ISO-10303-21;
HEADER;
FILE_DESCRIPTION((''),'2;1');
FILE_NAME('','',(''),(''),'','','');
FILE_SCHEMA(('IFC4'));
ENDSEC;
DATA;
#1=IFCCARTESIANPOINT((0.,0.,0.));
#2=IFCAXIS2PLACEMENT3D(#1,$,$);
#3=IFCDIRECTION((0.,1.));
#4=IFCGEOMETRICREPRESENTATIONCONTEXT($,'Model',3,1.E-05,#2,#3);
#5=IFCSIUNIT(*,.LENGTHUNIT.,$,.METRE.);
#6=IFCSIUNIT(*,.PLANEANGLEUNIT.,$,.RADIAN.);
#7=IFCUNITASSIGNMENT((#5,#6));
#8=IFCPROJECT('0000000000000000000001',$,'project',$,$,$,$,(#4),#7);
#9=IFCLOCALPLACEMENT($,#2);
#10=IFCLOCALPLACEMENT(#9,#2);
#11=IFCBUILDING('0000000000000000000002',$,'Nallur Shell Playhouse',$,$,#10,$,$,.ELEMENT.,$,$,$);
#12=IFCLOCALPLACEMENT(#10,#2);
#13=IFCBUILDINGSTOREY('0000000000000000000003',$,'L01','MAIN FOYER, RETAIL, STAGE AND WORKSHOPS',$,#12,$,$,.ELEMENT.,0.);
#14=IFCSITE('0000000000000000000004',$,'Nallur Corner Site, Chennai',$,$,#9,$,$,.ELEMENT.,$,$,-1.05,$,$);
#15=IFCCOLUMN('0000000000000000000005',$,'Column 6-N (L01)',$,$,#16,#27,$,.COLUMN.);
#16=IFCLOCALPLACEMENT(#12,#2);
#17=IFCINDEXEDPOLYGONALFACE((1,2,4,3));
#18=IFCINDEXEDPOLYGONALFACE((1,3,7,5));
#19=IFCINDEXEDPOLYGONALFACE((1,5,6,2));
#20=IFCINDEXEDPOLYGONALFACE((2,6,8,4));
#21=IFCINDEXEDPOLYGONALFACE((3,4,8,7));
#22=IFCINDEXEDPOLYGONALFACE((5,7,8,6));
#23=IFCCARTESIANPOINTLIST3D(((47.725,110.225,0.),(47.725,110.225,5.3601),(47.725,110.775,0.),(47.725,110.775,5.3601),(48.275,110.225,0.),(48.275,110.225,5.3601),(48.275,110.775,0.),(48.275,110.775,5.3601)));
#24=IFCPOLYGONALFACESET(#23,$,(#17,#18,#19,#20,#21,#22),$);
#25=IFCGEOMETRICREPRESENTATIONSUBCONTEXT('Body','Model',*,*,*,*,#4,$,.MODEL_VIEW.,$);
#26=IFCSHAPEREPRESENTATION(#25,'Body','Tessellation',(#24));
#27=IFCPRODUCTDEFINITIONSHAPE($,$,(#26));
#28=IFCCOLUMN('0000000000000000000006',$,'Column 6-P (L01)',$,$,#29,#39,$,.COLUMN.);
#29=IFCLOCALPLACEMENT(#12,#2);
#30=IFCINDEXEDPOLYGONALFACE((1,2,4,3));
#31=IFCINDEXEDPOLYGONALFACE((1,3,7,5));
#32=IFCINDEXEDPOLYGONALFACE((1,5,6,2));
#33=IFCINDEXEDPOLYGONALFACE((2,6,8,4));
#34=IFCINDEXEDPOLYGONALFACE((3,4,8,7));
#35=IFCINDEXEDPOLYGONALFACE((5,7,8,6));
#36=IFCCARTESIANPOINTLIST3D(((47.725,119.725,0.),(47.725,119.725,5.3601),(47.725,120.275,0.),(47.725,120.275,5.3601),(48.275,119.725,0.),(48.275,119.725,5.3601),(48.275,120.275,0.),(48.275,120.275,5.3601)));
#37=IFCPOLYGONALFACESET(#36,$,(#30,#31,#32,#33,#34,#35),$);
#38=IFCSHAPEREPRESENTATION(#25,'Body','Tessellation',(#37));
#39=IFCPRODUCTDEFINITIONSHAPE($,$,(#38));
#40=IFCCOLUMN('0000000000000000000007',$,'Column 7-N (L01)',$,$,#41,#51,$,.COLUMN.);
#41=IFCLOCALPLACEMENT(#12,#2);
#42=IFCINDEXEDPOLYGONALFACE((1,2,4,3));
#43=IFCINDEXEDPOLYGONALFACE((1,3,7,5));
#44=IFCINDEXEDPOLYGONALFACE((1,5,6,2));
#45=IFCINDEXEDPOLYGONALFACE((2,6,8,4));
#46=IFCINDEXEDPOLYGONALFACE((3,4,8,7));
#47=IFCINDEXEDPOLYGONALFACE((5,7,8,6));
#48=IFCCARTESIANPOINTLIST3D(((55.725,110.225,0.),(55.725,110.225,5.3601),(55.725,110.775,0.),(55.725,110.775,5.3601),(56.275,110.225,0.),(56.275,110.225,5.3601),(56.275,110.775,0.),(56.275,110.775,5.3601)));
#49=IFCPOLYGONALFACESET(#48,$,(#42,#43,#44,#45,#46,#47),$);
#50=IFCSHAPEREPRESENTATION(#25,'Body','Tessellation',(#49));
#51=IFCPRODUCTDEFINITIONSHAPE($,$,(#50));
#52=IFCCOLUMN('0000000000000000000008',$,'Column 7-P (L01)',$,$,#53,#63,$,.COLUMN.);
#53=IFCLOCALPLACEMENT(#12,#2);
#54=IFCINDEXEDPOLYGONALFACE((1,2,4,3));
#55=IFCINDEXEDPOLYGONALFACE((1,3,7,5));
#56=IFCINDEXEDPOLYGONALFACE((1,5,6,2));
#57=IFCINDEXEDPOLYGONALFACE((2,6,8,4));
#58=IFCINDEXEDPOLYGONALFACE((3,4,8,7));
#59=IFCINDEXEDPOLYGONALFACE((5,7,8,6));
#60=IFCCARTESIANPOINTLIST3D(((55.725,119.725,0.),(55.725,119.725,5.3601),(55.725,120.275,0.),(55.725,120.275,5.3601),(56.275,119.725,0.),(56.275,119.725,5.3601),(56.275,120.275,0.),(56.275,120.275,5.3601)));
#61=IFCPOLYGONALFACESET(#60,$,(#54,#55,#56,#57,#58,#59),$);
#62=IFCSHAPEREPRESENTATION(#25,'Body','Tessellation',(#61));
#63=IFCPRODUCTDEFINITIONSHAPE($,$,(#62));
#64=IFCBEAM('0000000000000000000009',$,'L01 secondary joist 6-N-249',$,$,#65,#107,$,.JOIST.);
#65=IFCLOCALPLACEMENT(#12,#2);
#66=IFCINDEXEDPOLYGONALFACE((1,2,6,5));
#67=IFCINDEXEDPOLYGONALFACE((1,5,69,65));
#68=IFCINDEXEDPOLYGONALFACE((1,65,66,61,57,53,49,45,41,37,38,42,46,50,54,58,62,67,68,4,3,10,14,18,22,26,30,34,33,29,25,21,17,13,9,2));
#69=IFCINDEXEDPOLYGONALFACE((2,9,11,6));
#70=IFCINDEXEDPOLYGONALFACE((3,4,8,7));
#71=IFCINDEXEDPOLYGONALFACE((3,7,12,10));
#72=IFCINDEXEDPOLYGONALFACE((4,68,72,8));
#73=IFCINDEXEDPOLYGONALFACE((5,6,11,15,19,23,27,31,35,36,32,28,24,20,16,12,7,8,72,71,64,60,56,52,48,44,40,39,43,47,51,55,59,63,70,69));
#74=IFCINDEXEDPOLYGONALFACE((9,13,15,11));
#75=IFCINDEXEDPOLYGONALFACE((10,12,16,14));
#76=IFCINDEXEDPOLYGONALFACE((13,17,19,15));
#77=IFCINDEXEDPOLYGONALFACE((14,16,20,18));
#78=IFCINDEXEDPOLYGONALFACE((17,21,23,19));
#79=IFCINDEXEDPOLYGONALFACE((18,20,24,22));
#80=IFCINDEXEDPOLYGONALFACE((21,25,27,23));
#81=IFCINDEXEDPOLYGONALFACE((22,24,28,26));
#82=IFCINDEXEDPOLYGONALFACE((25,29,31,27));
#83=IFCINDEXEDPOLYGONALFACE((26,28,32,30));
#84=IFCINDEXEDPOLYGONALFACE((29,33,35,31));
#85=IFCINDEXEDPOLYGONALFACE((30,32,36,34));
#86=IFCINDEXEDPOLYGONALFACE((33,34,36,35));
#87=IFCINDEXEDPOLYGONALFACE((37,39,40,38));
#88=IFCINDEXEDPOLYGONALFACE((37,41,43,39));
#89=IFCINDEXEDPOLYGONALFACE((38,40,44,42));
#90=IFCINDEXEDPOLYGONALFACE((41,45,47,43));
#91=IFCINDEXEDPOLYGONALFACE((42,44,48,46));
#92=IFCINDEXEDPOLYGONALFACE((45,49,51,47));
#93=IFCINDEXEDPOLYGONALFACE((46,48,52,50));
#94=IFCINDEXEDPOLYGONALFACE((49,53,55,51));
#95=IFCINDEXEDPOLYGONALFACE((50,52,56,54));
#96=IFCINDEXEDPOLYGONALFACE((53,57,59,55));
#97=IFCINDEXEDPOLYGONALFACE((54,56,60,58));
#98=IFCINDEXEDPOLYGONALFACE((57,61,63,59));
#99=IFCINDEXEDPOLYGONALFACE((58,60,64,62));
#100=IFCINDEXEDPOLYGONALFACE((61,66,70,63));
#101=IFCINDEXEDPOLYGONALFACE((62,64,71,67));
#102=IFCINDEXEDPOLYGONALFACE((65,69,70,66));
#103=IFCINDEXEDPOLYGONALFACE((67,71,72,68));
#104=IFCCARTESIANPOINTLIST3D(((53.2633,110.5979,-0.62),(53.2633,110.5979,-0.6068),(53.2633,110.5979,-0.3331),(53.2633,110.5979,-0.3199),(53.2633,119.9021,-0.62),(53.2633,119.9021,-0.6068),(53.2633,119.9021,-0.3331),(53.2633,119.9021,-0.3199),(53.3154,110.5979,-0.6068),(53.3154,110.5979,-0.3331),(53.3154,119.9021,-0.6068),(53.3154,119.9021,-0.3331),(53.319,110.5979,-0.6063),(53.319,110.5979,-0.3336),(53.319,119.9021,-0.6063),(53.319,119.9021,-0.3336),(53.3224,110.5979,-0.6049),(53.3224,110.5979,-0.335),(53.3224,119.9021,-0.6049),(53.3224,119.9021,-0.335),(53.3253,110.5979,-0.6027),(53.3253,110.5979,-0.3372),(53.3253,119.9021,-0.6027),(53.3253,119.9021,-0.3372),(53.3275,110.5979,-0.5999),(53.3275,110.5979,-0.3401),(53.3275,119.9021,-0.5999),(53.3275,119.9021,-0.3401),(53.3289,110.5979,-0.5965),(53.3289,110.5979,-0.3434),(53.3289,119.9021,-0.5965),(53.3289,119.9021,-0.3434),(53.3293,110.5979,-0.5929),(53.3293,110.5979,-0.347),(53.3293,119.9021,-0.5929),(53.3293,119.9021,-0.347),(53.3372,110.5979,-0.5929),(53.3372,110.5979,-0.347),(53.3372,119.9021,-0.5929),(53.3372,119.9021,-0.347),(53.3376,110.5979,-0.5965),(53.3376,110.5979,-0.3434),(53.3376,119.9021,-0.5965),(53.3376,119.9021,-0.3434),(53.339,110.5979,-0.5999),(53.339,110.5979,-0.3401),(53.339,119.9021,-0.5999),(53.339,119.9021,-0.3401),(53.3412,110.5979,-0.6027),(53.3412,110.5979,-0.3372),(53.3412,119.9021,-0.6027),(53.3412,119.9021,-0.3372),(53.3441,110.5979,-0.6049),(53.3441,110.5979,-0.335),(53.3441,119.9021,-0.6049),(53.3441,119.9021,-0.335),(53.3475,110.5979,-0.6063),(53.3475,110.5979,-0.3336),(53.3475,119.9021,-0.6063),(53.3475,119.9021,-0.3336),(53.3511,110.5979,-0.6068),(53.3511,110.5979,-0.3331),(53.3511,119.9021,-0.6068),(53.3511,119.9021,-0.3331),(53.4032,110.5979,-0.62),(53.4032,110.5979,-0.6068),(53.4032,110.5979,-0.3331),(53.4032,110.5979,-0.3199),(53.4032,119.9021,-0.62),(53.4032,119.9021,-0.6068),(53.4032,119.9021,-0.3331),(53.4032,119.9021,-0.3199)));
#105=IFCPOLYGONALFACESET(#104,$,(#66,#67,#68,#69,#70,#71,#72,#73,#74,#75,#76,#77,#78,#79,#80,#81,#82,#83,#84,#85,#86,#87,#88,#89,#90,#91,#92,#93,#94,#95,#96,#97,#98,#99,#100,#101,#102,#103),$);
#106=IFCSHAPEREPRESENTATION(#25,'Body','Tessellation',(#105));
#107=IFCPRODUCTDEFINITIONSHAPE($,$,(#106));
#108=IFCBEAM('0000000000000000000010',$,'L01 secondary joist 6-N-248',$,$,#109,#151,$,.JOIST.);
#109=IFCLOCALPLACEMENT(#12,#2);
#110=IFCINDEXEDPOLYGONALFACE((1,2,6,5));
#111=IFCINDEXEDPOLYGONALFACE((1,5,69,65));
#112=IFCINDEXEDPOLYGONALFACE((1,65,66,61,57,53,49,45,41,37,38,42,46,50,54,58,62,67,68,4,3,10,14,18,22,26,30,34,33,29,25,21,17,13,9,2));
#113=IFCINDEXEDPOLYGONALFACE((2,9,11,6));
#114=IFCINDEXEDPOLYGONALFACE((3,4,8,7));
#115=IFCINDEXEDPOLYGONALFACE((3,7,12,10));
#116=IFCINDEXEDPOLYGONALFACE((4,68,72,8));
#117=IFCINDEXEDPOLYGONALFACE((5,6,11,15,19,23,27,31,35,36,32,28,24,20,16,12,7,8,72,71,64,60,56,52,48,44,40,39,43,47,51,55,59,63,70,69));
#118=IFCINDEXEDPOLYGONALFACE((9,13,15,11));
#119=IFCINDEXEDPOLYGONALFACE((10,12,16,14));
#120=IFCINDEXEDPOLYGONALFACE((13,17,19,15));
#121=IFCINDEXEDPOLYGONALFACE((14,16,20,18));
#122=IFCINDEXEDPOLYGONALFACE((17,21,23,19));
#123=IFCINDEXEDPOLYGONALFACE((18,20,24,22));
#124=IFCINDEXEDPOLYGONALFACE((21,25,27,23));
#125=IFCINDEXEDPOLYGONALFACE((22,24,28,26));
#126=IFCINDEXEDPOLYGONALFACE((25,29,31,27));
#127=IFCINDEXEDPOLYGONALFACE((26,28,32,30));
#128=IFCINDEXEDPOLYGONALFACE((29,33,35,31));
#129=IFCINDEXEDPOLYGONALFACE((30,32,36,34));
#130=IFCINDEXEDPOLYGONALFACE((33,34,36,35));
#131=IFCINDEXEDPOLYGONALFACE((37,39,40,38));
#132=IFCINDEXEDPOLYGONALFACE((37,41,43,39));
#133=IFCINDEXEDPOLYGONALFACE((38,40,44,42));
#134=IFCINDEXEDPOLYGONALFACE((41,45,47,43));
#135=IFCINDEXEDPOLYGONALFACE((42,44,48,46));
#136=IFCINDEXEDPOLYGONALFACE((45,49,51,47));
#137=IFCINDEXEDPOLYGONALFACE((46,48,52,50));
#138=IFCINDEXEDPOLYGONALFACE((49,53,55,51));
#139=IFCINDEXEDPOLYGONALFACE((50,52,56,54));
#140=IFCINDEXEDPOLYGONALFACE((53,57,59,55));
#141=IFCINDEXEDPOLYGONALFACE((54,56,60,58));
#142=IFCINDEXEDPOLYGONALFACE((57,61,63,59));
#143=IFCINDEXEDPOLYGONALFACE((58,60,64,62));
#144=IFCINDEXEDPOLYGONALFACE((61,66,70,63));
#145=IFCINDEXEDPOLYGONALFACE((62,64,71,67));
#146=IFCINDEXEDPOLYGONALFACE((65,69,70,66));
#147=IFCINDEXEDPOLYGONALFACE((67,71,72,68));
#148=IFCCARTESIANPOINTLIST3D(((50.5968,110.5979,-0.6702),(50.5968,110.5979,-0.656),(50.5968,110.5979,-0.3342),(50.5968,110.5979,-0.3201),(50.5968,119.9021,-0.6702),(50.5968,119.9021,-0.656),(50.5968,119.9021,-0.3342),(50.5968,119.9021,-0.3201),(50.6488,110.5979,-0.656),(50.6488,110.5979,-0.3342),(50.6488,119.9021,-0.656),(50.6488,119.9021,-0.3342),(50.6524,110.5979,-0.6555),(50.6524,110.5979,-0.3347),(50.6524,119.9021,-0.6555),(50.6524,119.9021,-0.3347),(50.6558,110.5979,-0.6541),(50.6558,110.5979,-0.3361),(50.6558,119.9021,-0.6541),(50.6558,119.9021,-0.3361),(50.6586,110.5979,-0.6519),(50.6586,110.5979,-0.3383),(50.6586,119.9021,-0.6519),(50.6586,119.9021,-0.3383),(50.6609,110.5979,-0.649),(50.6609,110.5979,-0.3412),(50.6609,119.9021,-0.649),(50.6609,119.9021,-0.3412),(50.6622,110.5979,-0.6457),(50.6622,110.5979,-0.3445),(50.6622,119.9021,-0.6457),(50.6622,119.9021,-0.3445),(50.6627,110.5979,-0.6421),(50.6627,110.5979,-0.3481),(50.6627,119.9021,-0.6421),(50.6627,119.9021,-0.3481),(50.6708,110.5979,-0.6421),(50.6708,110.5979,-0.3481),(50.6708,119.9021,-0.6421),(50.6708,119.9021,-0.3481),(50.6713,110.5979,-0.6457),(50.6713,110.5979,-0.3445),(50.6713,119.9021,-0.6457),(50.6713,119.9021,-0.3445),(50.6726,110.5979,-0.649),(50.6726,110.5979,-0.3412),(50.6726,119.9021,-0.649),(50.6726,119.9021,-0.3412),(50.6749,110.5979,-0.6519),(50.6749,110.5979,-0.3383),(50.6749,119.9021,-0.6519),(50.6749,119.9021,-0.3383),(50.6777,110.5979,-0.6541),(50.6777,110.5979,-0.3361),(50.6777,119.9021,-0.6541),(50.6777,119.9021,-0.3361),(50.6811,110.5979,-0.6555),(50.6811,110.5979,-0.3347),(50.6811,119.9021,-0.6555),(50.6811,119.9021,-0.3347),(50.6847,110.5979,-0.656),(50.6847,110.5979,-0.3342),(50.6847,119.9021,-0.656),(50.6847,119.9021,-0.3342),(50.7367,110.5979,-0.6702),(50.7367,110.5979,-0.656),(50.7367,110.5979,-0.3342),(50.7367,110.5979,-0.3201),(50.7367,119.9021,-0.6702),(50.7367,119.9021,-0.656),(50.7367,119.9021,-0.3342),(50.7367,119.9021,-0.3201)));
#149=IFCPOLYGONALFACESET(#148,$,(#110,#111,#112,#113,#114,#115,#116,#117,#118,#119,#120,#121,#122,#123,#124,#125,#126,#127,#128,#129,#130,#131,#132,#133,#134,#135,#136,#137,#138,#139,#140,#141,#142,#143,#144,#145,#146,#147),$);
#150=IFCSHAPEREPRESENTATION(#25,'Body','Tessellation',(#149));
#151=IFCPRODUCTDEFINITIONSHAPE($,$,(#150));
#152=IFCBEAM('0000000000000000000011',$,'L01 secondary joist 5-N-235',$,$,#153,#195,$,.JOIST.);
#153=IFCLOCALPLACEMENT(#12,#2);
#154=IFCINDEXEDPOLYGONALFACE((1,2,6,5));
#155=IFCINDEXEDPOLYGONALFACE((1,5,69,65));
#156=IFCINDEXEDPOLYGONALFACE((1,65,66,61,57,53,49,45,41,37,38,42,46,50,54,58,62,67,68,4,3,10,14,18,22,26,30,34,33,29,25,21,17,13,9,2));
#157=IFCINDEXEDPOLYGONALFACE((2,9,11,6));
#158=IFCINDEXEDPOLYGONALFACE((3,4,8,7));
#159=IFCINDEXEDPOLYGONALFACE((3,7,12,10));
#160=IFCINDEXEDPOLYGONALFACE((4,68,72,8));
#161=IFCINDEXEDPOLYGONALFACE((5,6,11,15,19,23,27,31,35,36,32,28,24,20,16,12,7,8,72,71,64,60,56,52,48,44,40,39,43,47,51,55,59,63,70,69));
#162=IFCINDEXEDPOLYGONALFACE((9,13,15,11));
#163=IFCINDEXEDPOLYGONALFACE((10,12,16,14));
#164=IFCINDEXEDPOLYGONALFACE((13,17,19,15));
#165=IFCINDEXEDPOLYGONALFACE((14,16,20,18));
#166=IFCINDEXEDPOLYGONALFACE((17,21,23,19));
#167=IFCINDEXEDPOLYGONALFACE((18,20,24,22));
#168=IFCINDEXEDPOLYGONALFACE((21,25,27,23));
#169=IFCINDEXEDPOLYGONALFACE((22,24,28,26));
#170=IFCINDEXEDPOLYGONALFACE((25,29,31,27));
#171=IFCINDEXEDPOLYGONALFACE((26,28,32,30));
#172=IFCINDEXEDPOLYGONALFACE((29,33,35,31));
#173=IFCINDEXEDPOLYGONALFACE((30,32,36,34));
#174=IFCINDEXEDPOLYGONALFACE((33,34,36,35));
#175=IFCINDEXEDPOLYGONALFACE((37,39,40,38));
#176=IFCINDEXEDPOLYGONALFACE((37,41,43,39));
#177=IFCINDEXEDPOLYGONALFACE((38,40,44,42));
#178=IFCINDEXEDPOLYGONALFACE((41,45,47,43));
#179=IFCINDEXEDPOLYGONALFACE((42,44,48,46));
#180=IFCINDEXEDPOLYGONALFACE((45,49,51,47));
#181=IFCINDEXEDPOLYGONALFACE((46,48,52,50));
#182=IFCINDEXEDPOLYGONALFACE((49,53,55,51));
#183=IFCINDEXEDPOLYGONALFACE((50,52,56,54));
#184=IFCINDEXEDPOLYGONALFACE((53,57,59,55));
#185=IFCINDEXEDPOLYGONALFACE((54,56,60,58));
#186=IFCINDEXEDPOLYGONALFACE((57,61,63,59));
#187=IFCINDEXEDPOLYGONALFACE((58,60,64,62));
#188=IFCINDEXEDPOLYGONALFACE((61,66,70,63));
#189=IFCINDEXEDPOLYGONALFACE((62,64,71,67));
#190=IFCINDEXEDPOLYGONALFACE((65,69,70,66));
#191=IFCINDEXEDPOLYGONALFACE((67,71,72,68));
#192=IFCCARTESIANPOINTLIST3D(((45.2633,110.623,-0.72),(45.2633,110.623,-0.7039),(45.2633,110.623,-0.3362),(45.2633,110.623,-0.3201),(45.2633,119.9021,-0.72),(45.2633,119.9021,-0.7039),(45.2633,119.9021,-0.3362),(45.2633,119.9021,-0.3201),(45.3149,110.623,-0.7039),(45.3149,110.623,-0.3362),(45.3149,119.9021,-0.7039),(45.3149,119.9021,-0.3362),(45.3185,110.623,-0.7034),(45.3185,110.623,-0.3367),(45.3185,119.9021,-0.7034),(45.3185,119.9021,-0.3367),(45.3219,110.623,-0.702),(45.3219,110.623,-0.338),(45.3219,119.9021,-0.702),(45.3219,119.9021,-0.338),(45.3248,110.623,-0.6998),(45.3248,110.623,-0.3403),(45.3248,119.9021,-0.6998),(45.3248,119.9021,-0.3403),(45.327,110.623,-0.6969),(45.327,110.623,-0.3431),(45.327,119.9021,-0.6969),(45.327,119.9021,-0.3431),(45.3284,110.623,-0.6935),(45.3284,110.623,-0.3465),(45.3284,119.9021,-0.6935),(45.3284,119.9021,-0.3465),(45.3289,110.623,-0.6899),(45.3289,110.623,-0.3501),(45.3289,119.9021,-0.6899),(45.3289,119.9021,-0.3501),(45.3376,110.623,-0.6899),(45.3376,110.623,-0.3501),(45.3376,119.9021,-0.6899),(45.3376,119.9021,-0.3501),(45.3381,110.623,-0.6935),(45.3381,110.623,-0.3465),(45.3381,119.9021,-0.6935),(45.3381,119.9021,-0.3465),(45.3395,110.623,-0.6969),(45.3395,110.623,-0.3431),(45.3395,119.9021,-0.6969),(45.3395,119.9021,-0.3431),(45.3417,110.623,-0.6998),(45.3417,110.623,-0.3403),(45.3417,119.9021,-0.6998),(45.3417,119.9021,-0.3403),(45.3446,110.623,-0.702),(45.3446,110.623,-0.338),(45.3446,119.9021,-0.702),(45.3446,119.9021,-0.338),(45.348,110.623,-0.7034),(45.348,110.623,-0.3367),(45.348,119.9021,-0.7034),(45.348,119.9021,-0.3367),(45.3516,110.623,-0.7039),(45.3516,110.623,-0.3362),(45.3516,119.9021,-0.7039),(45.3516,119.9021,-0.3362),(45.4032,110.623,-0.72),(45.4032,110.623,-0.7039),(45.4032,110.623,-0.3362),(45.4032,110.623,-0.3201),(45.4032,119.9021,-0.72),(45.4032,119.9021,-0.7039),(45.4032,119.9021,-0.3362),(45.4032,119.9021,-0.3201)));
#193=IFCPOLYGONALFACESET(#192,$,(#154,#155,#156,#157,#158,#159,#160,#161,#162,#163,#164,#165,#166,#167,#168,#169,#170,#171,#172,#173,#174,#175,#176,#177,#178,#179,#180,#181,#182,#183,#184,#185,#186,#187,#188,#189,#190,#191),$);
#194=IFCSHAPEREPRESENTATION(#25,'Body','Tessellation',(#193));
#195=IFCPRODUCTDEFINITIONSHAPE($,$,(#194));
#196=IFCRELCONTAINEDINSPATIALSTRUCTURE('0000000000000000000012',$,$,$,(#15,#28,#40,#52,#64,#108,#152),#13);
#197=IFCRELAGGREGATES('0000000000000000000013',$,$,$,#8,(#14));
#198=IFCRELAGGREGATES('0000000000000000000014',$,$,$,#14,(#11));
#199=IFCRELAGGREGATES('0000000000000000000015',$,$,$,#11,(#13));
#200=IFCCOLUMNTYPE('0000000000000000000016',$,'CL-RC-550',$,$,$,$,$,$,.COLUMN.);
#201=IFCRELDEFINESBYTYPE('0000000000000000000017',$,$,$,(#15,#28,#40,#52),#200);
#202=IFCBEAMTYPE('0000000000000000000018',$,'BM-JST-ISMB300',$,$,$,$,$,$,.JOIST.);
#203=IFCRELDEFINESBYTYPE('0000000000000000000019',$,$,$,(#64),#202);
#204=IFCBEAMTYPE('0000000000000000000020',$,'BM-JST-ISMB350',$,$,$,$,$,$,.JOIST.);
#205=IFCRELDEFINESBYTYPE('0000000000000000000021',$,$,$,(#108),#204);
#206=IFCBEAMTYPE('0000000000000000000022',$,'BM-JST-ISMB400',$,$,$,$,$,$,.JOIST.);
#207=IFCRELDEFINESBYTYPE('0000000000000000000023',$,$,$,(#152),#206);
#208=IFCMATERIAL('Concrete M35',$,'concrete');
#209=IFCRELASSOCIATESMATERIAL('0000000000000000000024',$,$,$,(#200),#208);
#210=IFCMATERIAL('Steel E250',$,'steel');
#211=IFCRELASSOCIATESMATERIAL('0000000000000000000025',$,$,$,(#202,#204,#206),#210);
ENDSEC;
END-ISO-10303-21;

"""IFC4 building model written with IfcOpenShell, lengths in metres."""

from ifc_helpers import new_model, si_unit, direction, frame, origin, origin_2d, place, context, subcontext, project, spatial, rectangle, i_section, extrude, material, material_profile, profile_set, type_object, element, save


model = new_model("IFC4")

# Units and contexts
model_context = context("Model", 3, precision=1e-05, world=origin(), true_north=direction((0.0, 1.0)))
body_context = subcontext(model_context, "Body", "Model", "MODEL_VIEW")
ifc_project = project(units=[si_unit("LENGTHUNIT", "METRE"), si_unit("PLANEANGLEUNIT", "RADIAN")], contexts=[model_context])

# Site, building, storey
site_placement = place(None, origin())
site = spatial("IfcSite", under=ifc_project, at=site_placement, Name="Nallur Corner Site, Chennai", CompositionType="ELEMENT", RefElevation=-1.05)
building_placement = place(site_placement, origin())
building = spatial("IfcBuilding", under=site, at=building_placement, Name="Nallur Shell Playhouse", CompositionType="ELEMENT")
storey_placement = place(building_placement, origin())
storey = spatial("IfcBuildingStorey", under=building, at=storey_placement, Name="L01", Description="MAIN FOYER, RETAIL, STAGE AND WORKSHOPS", CompositionType="ELEMENT", Elevation=0.0)

# Columns
ifc_material_1 = material(Name="Concrete M35", Category="concrete")
ifc_material_profile_1 = material_profile(ifc_material_1, rectangle(XDim=0.55, YDim=0.55, at=origin_2d()), Name="RC 550x550")
ifc_profile_set_1 = profile_set([ifc_material_profile_1], Name="Concrete M35")
column_type = type_object("IfcColumnType", Name="CL-RC-550", PredefinedType="COLUMN", material=ifc_profile_set_1)
for number, where, z_axis, x_axis, name in (
    (1, (48.0, 110.5, 0.0), (0.0, 0.0, 1.0), (1.0, 0.0, 0.0), "Column 6-N (L01)"),
    (2, (48.0, 120.0, 0.0), (0.0, 0.0, 1.0), (1.0, 0.0, 0.0), "Column 6-P (L01)"),
    (3, (56.0, 110.5, 0.0), (0.0, 0.0, 1.0), (1.0, 0.0, 0.0), "Column 7-N (L01)"),
    (4, (56.0, 120.0, 0.0), (0.0, 0.0, 1.0), (1.0, 0.0, 0.0), "Column 7-P (L01)"),
):
    element("IfcColumn", number, at=place(storey_placement, frame(where, z_axis=z_axis, x_axis=x_axis)), inside=storey, type_object=column_type, Name=name, PredefinedType="COLUMN", context=body_context, shape_type="SweptSolid", body=[
        extrude(rectangle(XDim=0.55, YDim=0.55, at=origin_2d()), origin(), (0.0, 0.0, 1.0), 5.3601),
    ])

# Beams
ifc_material_2 = material(Name="Steel E250", Category="steel")
ifc_material_profile_2 = material_profile(ifc_material_2, i_section(OverallWidth=0.1399, OverallDepth=0.3, WebThickness=0.0078, FlangeThickness=0.0132, FilletRadius=0.0139, at=origin_2d()), Name="ISMB 300")
ifc_profile_set_2 = profile_set([ifc_material_profile_2], Name="Steel E250")
beam_type_1 = type_object("IfcBeamType", Name="BM-JST-ISMB300", PredefinedType="JOIST", material=ifc_profile_set_2)
beam_1_placement = place(storey_placement, frame((53.3333, 110.5979, -0.47), z_axis=(0.0, 1.0, 0.0), x_axis=(-1.0, 0.0, 0.0)))
element("IfcBeam", 5, at=beam_1_placement, inside=storey, type_object=beam_type_1, Name="L01 secondary joist 6-N-249", PredefinedType="JOIST", context=body_context, shape_type="SweptSolid", body=[
    extrude(i_section(OverallWidth=0.1399, OverallDepth=0.3, WebThickness=0.0078, FlangeThickness=0.0132, FilletRadius=0.0139, at=origin_2d()), origin(), (0.0, 0.0, 1.0), 9.3042),
])
ifc_material_profile_3 = material_profile(ifc_material_2, i_section(OverallWidth=0.1399, OverallDepth=0.3501, WebThickness=0.0081, FlangeThickness=0.0142, FilletRadius=0.0139, at=origin_2d()), Name="ISMB 350")
ifc_profile_set_3 = profile_set([ifc_material_profile_3], Name="Steel E250")
beam_type_2 = type_object("IfcBeamType", Name="BM-JST-ISMB350", PredefinedType="JOIST", material=ifc_profile_set_3)
beam_2_placement = place(storey_placement, frame((50.6667, 110.5979, -0.4951), z_axis=(0.0, 1.0, 0.0), x_axis=(-1.0, 0.0, 0.0)))
element("IfcBeam", 6, at=beam_2_placement, inside=storey, type_object=beam_type_2, Name="L01 secondary joist 6-N-248", PredefinedType="JOIST", context=body_context, shape_type="SweptSolid", body=[
    extrude(i_section(OverallWidth=0.1399, OverallDepth=0.3501, WebThickness=0.0081, FlangeThickness=0.0142, FilletRadius=0.0139, at=origin_2d()), origin(), (0.0, 0.0, 1.0), 9.3042),
])
ifc_material_profile_4 = material_profile(ifc_material_2, i_section(OverallWidth=0.1399, OverallDepth=0.3999, WebThickness=0.0088, FlangeThickness=0.0161, FilletRadius=0.0139, at=origin_2d()), Name="ISMB 400")
ifc_profile_set_4 = profile_set([ifc_material_profile_4], Name="Steel E250")
beam_type_3 = type_object("IfcBeamType", Name="BM-JST-ISMB400", PredefinedType="JOIST", material=ifc_profile_set_4)
for number, where, z_axis, x_axis, name in (
    (7, (45.3333, 110.623, -0.52), (0.0, 1.0, 0.0), (-1.0, 0.0, 0.0), "L01 secondary joist 5-N-235"),
):
    element("IfcBeam", number, at=place(storey_placement, frame(where, z_axis=z_axis, x_axis=x_axis)), inside=storey, type_object=beam_type_3, Name=name, PredefinedType="JOIST", context=body_context, shape_type="SweptSolid", body=[
        extrude(i_section(OverallWidth=0.1399, OverallDepth=0.3999, WebThickness=0.0088, FlangeThickness=0.0161, FilletRadius=0.0139, at=origin_2d()), origin(), (0.0, 0.0, 1.0), 9.2791),
    ])

save(model, "model.ifc")
